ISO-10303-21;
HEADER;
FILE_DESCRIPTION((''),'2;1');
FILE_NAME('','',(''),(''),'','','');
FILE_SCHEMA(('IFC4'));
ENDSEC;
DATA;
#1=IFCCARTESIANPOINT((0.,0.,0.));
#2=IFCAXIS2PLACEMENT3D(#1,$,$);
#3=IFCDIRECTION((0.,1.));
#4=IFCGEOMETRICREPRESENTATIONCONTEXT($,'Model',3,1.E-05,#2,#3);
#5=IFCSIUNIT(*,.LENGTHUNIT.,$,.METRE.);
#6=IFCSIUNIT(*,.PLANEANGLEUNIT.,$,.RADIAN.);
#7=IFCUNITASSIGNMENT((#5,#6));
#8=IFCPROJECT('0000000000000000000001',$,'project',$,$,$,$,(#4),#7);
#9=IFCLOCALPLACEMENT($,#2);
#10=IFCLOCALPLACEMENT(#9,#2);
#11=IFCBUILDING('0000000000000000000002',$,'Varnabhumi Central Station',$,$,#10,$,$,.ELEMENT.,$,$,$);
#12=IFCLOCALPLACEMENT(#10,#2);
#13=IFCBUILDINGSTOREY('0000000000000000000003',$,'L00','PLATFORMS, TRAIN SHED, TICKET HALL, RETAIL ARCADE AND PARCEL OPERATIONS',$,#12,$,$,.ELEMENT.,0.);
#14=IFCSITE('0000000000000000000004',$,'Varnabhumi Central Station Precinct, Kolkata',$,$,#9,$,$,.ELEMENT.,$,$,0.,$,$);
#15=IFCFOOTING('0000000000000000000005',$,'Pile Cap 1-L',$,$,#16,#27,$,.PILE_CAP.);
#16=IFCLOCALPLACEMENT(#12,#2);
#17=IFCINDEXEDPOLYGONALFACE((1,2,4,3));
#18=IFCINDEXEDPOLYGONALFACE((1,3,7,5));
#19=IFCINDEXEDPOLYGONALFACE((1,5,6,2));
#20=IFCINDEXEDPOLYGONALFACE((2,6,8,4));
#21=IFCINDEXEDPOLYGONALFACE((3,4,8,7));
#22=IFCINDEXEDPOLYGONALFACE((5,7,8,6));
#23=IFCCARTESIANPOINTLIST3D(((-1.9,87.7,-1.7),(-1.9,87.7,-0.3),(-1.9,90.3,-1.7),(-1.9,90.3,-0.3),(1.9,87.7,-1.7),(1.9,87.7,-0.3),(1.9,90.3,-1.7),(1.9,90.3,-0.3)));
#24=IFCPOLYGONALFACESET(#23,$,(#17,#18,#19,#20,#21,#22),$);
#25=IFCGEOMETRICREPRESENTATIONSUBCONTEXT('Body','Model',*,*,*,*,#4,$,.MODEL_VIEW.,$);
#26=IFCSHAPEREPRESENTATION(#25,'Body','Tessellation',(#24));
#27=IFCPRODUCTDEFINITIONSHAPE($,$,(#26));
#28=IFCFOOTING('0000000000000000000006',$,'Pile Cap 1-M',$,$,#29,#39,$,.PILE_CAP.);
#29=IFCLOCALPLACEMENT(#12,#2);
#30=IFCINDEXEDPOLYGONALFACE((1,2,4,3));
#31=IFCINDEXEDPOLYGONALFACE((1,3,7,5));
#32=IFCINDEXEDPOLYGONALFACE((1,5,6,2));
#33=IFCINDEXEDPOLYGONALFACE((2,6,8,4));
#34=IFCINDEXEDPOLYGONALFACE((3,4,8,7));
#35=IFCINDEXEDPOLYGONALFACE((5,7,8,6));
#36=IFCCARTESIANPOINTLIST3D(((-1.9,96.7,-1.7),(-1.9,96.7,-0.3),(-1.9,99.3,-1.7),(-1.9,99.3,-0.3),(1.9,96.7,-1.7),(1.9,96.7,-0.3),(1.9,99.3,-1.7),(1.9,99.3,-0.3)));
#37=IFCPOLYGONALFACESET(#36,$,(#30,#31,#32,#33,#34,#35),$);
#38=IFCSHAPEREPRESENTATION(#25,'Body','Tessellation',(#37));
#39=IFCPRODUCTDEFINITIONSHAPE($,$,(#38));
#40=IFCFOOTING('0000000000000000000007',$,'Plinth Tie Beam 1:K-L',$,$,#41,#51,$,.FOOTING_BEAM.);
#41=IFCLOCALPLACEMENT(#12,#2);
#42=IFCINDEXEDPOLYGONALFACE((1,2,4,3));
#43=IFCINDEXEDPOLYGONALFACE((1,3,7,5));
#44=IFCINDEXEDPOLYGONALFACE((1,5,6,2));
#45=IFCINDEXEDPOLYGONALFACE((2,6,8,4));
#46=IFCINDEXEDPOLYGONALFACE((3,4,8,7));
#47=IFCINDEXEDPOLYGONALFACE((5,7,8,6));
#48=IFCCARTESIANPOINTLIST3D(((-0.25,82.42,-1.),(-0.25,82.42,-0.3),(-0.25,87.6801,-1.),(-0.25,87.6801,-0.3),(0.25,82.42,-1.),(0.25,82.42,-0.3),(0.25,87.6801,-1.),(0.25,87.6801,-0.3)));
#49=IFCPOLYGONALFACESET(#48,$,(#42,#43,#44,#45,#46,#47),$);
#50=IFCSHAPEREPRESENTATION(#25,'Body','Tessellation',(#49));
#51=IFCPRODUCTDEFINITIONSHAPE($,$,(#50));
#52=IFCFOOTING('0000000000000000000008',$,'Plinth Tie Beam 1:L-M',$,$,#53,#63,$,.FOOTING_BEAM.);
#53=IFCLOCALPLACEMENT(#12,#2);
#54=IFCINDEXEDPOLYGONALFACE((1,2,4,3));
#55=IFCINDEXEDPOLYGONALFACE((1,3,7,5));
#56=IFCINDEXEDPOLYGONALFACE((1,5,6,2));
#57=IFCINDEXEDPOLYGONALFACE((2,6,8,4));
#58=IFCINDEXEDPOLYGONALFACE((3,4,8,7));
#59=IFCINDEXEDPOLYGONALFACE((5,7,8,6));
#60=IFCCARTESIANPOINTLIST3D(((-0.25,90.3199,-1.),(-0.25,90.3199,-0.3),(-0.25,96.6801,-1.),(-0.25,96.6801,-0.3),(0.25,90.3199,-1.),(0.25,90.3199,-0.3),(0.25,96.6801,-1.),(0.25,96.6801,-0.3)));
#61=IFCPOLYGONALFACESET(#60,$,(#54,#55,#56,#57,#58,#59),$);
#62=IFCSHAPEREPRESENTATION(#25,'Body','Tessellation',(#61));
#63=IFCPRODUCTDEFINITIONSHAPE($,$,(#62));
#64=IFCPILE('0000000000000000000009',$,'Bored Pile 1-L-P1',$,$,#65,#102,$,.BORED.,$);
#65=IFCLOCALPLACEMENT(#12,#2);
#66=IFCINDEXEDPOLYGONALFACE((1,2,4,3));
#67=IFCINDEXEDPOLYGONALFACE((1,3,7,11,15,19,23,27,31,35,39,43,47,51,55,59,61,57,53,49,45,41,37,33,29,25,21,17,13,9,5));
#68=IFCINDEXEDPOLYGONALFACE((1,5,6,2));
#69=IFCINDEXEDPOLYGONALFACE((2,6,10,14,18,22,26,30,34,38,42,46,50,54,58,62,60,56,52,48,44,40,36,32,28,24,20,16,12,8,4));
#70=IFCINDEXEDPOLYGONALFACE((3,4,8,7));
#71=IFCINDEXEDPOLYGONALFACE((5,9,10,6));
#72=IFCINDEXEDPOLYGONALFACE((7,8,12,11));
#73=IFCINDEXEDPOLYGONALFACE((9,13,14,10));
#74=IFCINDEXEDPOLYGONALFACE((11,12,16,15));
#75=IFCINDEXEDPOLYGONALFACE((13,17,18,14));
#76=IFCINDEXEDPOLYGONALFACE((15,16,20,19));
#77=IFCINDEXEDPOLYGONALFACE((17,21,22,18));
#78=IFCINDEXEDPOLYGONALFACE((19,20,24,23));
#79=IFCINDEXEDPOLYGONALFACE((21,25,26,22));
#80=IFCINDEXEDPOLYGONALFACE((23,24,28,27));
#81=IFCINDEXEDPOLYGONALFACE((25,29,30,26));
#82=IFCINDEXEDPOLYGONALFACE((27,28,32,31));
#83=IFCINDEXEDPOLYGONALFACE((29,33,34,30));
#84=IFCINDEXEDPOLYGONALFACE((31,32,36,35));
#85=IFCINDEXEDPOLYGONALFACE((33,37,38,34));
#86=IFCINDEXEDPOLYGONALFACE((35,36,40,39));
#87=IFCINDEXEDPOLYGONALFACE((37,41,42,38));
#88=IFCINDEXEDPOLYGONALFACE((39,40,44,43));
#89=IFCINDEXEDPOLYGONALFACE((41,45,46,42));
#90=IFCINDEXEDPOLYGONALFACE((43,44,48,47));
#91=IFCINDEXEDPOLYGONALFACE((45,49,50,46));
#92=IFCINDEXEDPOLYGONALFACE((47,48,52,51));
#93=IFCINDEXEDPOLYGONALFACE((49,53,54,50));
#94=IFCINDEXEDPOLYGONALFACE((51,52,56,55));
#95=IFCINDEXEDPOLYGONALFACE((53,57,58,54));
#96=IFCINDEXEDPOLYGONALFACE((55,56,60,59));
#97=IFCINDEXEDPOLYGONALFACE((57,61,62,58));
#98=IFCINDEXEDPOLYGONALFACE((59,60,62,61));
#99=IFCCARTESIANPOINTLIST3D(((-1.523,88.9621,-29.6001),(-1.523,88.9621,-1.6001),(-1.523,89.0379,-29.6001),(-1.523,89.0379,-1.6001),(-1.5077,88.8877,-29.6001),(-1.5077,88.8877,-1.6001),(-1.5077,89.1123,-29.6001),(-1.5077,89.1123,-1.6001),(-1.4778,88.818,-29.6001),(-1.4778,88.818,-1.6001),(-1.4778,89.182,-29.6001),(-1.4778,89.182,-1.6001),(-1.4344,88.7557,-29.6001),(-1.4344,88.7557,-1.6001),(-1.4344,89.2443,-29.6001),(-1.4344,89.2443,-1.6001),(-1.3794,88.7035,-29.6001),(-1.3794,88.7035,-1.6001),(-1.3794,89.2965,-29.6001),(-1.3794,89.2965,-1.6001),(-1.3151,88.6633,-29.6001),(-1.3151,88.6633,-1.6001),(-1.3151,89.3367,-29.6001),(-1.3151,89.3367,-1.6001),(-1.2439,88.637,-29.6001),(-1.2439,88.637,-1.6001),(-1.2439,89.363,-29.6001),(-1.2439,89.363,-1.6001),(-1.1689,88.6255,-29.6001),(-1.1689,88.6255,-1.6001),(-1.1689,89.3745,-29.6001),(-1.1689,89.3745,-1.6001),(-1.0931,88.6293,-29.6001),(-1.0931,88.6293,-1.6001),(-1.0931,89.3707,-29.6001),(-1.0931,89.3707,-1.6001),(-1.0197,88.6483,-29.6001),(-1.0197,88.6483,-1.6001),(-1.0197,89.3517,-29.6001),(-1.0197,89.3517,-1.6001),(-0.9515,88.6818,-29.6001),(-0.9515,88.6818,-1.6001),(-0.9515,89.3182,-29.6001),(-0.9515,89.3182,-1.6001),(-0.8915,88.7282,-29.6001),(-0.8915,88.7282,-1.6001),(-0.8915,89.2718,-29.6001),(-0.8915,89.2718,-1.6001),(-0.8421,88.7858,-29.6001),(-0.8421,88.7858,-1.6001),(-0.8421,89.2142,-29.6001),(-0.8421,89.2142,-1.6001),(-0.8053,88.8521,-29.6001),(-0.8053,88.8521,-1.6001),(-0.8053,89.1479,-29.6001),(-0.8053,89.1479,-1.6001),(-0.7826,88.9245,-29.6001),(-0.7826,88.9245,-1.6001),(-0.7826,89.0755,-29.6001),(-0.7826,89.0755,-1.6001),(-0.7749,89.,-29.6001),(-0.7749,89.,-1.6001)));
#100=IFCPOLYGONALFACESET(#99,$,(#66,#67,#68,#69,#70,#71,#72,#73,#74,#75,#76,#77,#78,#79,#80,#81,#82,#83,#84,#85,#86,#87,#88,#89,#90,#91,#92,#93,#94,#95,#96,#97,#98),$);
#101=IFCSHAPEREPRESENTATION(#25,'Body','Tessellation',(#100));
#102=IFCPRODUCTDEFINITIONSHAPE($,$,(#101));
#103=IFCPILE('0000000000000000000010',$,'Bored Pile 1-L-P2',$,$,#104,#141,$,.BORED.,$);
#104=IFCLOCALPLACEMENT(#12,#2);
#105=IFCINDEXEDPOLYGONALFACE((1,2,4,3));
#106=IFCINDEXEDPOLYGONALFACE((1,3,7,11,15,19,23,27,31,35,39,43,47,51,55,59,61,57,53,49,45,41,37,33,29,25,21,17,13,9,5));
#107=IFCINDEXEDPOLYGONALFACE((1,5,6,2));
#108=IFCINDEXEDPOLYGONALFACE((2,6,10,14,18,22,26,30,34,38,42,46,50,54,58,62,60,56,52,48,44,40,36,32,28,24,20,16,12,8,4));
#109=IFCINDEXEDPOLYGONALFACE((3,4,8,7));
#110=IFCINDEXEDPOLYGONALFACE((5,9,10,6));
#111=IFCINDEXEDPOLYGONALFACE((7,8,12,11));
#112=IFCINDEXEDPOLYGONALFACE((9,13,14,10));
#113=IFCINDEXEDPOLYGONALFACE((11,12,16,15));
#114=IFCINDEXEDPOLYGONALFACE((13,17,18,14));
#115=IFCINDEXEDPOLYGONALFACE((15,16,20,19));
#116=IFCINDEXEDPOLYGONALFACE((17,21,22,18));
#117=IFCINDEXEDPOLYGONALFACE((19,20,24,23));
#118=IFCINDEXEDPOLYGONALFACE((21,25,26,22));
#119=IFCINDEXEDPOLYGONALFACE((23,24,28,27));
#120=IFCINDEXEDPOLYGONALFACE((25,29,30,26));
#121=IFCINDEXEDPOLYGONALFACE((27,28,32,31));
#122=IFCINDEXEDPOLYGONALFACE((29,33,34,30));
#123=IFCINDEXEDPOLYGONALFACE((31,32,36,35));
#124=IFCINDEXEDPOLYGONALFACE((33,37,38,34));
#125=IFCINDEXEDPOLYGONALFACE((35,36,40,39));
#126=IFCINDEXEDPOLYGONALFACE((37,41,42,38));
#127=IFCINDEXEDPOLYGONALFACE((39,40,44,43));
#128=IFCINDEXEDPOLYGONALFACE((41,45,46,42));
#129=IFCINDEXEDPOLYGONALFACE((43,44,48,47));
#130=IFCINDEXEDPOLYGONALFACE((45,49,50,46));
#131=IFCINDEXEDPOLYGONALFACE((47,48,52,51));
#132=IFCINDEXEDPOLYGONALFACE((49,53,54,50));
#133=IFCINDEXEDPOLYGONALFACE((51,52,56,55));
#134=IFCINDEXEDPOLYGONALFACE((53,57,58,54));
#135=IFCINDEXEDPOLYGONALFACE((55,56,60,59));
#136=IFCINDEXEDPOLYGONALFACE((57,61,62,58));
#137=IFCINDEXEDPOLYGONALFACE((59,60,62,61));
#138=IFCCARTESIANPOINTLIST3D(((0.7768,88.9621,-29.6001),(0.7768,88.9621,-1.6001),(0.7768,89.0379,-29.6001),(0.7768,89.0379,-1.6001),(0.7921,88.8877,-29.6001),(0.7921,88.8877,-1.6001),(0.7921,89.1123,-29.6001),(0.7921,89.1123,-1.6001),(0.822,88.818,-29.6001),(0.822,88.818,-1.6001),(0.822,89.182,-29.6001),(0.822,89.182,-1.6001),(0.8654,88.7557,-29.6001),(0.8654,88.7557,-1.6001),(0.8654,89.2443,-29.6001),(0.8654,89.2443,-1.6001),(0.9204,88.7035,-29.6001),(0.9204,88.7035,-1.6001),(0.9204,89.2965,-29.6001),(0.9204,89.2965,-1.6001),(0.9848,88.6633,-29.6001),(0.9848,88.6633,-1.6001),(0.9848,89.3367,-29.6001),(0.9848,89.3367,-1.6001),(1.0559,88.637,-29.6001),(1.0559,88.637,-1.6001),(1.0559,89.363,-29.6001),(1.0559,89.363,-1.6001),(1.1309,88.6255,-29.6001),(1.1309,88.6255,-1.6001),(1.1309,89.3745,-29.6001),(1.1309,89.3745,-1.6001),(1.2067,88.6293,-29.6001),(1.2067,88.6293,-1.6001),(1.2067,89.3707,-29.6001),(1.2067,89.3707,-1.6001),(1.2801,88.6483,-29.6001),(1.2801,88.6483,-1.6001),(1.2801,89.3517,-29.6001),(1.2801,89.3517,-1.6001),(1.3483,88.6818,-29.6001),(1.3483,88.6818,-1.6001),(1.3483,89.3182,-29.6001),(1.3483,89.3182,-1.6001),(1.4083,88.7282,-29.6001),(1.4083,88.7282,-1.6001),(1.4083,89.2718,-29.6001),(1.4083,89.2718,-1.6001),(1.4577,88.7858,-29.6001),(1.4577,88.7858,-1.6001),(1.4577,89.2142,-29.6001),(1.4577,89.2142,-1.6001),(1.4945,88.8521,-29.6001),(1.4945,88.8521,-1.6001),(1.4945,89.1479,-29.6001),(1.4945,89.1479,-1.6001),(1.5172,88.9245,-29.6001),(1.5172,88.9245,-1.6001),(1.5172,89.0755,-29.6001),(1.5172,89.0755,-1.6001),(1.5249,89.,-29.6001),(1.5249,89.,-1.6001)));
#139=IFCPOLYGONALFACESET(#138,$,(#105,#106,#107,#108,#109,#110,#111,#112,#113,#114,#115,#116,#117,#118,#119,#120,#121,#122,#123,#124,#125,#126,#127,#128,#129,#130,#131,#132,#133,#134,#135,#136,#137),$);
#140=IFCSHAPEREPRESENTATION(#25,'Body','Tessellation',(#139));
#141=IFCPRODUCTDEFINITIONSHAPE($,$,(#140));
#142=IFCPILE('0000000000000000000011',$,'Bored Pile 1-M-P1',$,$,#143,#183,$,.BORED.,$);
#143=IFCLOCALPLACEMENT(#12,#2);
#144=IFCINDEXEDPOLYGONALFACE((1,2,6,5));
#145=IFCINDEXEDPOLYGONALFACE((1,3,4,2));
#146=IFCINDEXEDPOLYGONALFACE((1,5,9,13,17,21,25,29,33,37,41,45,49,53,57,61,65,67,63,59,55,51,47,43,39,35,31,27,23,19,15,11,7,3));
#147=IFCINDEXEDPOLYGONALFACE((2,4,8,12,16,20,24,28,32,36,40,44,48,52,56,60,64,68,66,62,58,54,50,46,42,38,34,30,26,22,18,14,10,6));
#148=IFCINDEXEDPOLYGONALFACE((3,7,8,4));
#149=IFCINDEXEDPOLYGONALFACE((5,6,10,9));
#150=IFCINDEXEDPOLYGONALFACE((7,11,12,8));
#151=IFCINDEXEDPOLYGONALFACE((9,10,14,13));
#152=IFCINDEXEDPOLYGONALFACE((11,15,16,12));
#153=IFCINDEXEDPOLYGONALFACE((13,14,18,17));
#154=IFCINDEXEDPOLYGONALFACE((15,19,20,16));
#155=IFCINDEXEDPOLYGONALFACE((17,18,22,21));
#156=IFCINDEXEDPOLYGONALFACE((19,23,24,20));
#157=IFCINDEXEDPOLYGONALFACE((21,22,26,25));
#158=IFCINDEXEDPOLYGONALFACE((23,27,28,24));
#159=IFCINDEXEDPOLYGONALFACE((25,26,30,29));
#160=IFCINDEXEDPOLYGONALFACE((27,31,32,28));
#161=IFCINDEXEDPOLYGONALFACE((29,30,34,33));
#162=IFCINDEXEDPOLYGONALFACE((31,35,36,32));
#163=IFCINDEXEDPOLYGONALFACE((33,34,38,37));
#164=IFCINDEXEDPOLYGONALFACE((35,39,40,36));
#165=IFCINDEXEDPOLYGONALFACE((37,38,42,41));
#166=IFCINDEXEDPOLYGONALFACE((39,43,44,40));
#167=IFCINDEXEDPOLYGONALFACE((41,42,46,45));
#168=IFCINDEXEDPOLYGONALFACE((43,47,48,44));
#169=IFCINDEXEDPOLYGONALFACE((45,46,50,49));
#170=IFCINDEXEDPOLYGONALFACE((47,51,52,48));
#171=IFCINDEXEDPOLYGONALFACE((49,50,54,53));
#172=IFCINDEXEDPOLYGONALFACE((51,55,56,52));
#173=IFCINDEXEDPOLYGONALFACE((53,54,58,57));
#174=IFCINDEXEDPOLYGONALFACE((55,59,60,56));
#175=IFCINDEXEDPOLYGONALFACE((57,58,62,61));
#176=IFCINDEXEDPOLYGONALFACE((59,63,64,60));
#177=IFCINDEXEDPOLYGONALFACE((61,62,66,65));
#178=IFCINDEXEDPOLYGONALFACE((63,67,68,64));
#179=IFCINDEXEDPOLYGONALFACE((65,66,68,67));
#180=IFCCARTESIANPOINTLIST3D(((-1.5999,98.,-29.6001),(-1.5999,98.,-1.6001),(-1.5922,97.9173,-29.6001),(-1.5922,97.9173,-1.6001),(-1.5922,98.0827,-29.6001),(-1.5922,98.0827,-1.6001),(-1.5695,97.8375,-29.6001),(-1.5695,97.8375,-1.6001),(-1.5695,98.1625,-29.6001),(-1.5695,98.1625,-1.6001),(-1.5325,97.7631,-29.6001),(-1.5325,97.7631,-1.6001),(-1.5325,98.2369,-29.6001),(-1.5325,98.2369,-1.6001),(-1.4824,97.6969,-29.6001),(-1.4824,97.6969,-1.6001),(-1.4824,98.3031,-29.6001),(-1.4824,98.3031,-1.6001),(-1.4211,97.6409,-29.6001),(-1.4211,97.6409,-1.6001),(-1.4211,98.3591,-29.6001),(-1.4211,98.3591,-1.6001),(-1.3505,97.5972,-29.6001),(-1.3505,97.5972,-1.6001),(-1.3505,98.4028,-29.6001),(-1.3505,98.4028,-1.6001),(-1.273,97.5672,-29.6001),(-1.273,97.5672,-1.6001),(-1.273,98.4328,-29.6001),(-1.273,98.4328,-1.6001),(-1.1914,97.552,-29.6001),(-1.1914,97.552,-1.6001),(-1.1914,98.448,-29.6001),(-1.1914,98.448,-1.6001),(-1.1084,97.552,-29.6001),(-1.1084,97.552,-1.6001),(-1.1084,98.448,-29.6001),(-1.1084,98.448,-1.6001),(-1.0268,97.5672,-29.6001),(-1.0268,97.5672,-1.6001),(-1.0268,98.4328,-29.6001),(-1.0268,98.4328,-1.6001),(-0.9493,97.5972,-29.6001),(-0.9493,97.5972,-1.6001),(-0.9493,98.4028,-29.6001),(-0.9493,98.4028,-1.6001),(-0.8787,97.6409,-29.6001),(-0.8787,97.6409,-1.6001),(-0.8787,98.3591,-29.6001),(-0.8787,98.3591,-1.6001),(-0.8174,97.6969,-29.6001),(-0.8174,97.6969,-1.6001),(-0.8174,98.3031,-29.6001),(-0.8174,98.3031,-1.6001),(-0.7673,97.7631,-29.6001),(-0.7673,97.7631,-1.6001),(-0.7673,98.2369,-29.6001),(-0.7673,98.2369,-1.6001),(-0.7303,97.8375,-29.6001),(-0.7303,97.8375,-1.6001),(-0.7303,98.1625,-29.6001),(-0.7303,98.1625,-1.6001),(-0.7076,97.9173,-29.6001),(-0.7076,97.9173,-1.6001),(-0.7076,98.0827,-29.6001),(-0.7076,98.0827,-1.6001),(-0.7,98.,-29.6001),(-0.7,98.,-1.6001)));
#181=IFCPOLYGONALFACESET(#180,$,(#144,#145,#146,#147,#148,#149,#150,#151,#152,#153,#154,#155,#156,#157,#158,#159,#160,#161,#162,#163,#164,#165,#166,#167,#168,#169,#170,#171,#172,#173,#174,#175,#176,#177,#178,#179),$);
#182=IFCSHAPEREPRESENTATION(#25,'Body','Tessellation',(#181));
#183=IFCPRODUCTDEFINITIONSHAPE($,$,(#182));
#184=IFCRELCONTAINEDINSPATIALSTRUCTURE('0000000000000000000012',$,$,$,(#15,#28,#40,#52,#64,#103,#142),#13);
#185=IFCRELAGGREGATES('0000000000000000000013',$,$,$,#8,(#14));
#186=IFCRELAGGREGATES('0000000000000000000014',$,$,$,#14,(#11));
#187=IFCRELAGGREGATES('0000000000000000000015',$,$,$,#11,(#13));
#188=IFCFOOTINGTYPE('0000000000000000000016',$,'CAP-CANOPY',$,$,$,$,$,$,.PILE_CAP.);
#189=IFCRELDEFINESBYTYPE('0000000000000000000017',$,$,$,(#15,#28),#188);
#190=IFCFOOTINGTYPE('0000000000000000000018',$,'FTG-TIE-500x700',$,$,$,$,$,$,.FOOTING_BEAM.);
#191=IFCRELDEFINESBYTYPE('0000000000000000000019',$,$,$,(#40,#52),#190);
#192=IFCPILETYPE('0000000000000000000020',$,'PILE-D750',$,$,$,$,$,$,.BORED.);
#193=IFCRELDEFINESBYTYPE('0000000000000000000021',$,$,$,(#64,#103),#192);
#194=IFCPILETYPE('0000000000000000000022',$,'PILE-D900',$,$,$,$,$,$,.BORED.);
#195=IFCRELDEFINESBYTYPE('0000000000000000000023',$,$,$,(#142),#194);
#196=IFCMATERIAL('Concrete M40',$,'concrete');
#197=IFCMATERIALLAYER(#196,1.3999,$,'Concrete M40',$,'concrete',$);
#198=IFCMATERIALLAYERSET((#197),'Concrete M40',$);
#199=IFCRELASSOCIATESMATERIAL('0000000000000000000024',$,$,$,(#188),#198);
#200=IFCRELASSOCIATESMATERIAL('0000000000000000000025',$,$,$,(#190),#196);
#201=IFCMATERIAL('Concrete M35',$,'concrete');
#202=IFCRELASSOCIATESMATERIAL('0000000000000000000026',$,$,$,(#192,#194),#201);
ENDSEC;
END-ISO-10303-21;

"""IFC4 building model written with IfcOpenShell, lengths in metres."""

from ifc_helpers import new_model, si_unit, direction, frame, origin, origin_2d, place, context, subcontext, project, spatial, rectangle, circle, extrude, material, layer, layer_set, material_profile, profile_set, type_object, element, save


model = new_model("IFC4")

# Units and contexts
model_context = context("Model", 3, precision=1e-05, world=origin(), true_north=direction((0.0, 1.0)))
body_context = subcontext(model_context, "Body", "Model", "MODEL_VIEW")
ifc_project = project(units=[si_unit("LENGTHUNIT", "METRE"), si_unit("PLANEANGLEUNIT", "RADIAN")], contexts=[model_context])

# Site, building, storey
site_placement = place(None, origin())
site = spatial("IfcSite", under=ifc_project, at=site_placement, Name="Varnabhumi Central Station Precinct, Kolkata", CompositionType="ELEMENT", RefElevation=0.0)
building_placement = place(site_placement, origin())
building = spatial("IfcBuilding", under=site, at=building_placement, Name="Varnabhumi Central Station", CompositionType="ELEMENT")
storey_placement = place(building_placement, origin())
storey = spatial("IfcBuildingStorey", under=building, at=storey_placement, Name="L00", Description="PLATFORMS, TRAIN SHED, TICKET HALL, RETAIL ARCADE AND PARCEL OPERATIONS", CompositionType="ELEMENT", Elevation=0.0)

# Footings
ifc_material_1 = material(Name="Concrete M40", Category="concrete")
ifc_layer_1 = layer(ifc_material_1, 1.3999, Name="Concrete M40", Category="concrete")
ifc_layer_set_1 = layer_set([ifc_layer_1], Name="Concrete M40")
footing_type_1 = type_object("IfcFootingType", Name="CAP-CANOPY", PredefinedType="PILE_CAP", material=ifc_layer_set_1)
for number, where, z_axis, x_axis, name in (
    (1, (0.0, 89.0, -1.7), (0.0, 0.0, 1.0), (1.0, 0.0, 0.0), "Pile Cap 1-L"),
    (2, (0.0, 98.0, -1.7), (0.0, 0.0, 1.0), (1.0, 0.0, 0.0), "Pile Cap 1-M"),
):
    element("IfcFooting", number, at=place(storey_placement, frame(where, z_axis=z_axis, x_axis=x_axis)), inside=storey, type_object=footing_type_1, Name=name, PredefinedType="PILE_CAP", context=body_context, shape_type="SweptSolid", body=[
        extrude(rectangle(XDim=3.8, YDim=2.6001, at=origin_2d()), origin(), (0.0, 0.0, 1.0), 1.3999),
    ])
footing_type_2 = type_object("IfcFootingType", Name="FTG-TIE-500x700", PredefinedType="FOOTING_BEAM", material=ifc_material_1)
footing_1_placement = place(storey_placement, frame((0.0, 85.05, -1.0), z_axis=(0.0, 0.0, 1.0), x_axis=(1.0, 0.0, 0.0)))
element("IfcFooting", 3, at=footing_1_placement, inside=storey, type_object=footing_type_2, Name="Plinth Tie Beam 1:K-L", PredefinedType="FOOTING_BEAM", context=body_context, shape_type="SweptSolid", body=[
    extrude(rectangle(XDim=0.5, YDim=5.26, at=origin_2d()), origin(), (0.0, 0.0, 1.0), 0.7),
])
footing_2_placement = place(storey_placement, frame((0.0, 93.5, -1.0), z_axis=(0.0, 0.0, 1.0), x_axis=(1.0, 0.0, 0.0)))
element("IfcFooting", 4, at=footing_2_placement, inside=storey, type_object=footing_type_2, Name="Plinth Tie Beam 1:L-M", PredefinedType="FOOTING_BEAM", context=body_context, shape_type="SweptSolid", body=[
    extrude(rectangle(XDim=0.5, YDim=6.3601, at=origin_2d()), origin(), (0.0, 0.0, 1.0), 0.7),
])

# Piles
ifc_material_2 = material(Name="Concrete M35", Category="concrete")
ifc_material_profile_1 = material_profile(ifc_material_2, circle(Radius=0.375, at=origin_2d()), Name="Concrete M35", Category="concrete")
ifc_profile_set_1 = profile_set([ifc_material_profile_1], Name="Concrete M35")
pile_type_1 = type_object("IfcPileType", Name="PILE-D750", PredefinedType="BORED", material=ifc_profile_set_1)
for number, where, z_axis, x_axis, name in (
    (5, (-1.1499, 89.0, -1.6001), (0.0, 0.0, -1.0), (1.0, 0.0, 0.0), "Bored Pile 1-L-P1"),
    (6, (1.1499, 89.0, -1.6001), (0.0, 0.0, -1.0), (1.0, 0.0, 0.0), "Bored Pile 1-L-P2"),
):
    element("IfcPile", number, at=place(storey_placement, frame(where, z_axis=z_axis, x_axis=x_axis)), inside=storey, type_object=pile_type_1, Name=name, PredefinedType="BORED", context=body_context, shape_type="SweptSolid", body=[
        extrude(circle(Radius=0.375, at=origin_2d()), origin(), (0.0, 0.0, 1.0), 28.0),
    ])
ifc_material_profile_2 = material_profile(ifc_material_2, circle(Radius=0.45, at=origin_2d()), Name="Concrete M35", Category="concrete")
ifc_profile_set_2 = profile_set([ifc_material_profile_2], Name="Concrete M35")
pile_type_2 = type_object("IfcPileType", Name="PILE-D900", PredefinedType="BORED", material=ifc_profile_set_2)
for number, where, z_axis, x_axis, name in (
    (7, (-1.1499, 98.0, -1.6001), (0.0, 0.0, -1.0), (1.0, 0.0, 0.0), "Bored Pile 1-M-P1"),
):
    element("IfcPile", number, at=place(storey_placement, frame(where, z_axis=z_axis, x_axis=x_axis)), inside=storey, type_object=pile_type_2, Name=name, PredefinedType="BORED", context=body_context, shape_type="SweptSolid", body=[
        extrude(circle(Radius=0.45, at=origin_2d()), origin(), (0.0, 0.0, 1.0), 28.0),
    ])

save(model, "model.ifc")
